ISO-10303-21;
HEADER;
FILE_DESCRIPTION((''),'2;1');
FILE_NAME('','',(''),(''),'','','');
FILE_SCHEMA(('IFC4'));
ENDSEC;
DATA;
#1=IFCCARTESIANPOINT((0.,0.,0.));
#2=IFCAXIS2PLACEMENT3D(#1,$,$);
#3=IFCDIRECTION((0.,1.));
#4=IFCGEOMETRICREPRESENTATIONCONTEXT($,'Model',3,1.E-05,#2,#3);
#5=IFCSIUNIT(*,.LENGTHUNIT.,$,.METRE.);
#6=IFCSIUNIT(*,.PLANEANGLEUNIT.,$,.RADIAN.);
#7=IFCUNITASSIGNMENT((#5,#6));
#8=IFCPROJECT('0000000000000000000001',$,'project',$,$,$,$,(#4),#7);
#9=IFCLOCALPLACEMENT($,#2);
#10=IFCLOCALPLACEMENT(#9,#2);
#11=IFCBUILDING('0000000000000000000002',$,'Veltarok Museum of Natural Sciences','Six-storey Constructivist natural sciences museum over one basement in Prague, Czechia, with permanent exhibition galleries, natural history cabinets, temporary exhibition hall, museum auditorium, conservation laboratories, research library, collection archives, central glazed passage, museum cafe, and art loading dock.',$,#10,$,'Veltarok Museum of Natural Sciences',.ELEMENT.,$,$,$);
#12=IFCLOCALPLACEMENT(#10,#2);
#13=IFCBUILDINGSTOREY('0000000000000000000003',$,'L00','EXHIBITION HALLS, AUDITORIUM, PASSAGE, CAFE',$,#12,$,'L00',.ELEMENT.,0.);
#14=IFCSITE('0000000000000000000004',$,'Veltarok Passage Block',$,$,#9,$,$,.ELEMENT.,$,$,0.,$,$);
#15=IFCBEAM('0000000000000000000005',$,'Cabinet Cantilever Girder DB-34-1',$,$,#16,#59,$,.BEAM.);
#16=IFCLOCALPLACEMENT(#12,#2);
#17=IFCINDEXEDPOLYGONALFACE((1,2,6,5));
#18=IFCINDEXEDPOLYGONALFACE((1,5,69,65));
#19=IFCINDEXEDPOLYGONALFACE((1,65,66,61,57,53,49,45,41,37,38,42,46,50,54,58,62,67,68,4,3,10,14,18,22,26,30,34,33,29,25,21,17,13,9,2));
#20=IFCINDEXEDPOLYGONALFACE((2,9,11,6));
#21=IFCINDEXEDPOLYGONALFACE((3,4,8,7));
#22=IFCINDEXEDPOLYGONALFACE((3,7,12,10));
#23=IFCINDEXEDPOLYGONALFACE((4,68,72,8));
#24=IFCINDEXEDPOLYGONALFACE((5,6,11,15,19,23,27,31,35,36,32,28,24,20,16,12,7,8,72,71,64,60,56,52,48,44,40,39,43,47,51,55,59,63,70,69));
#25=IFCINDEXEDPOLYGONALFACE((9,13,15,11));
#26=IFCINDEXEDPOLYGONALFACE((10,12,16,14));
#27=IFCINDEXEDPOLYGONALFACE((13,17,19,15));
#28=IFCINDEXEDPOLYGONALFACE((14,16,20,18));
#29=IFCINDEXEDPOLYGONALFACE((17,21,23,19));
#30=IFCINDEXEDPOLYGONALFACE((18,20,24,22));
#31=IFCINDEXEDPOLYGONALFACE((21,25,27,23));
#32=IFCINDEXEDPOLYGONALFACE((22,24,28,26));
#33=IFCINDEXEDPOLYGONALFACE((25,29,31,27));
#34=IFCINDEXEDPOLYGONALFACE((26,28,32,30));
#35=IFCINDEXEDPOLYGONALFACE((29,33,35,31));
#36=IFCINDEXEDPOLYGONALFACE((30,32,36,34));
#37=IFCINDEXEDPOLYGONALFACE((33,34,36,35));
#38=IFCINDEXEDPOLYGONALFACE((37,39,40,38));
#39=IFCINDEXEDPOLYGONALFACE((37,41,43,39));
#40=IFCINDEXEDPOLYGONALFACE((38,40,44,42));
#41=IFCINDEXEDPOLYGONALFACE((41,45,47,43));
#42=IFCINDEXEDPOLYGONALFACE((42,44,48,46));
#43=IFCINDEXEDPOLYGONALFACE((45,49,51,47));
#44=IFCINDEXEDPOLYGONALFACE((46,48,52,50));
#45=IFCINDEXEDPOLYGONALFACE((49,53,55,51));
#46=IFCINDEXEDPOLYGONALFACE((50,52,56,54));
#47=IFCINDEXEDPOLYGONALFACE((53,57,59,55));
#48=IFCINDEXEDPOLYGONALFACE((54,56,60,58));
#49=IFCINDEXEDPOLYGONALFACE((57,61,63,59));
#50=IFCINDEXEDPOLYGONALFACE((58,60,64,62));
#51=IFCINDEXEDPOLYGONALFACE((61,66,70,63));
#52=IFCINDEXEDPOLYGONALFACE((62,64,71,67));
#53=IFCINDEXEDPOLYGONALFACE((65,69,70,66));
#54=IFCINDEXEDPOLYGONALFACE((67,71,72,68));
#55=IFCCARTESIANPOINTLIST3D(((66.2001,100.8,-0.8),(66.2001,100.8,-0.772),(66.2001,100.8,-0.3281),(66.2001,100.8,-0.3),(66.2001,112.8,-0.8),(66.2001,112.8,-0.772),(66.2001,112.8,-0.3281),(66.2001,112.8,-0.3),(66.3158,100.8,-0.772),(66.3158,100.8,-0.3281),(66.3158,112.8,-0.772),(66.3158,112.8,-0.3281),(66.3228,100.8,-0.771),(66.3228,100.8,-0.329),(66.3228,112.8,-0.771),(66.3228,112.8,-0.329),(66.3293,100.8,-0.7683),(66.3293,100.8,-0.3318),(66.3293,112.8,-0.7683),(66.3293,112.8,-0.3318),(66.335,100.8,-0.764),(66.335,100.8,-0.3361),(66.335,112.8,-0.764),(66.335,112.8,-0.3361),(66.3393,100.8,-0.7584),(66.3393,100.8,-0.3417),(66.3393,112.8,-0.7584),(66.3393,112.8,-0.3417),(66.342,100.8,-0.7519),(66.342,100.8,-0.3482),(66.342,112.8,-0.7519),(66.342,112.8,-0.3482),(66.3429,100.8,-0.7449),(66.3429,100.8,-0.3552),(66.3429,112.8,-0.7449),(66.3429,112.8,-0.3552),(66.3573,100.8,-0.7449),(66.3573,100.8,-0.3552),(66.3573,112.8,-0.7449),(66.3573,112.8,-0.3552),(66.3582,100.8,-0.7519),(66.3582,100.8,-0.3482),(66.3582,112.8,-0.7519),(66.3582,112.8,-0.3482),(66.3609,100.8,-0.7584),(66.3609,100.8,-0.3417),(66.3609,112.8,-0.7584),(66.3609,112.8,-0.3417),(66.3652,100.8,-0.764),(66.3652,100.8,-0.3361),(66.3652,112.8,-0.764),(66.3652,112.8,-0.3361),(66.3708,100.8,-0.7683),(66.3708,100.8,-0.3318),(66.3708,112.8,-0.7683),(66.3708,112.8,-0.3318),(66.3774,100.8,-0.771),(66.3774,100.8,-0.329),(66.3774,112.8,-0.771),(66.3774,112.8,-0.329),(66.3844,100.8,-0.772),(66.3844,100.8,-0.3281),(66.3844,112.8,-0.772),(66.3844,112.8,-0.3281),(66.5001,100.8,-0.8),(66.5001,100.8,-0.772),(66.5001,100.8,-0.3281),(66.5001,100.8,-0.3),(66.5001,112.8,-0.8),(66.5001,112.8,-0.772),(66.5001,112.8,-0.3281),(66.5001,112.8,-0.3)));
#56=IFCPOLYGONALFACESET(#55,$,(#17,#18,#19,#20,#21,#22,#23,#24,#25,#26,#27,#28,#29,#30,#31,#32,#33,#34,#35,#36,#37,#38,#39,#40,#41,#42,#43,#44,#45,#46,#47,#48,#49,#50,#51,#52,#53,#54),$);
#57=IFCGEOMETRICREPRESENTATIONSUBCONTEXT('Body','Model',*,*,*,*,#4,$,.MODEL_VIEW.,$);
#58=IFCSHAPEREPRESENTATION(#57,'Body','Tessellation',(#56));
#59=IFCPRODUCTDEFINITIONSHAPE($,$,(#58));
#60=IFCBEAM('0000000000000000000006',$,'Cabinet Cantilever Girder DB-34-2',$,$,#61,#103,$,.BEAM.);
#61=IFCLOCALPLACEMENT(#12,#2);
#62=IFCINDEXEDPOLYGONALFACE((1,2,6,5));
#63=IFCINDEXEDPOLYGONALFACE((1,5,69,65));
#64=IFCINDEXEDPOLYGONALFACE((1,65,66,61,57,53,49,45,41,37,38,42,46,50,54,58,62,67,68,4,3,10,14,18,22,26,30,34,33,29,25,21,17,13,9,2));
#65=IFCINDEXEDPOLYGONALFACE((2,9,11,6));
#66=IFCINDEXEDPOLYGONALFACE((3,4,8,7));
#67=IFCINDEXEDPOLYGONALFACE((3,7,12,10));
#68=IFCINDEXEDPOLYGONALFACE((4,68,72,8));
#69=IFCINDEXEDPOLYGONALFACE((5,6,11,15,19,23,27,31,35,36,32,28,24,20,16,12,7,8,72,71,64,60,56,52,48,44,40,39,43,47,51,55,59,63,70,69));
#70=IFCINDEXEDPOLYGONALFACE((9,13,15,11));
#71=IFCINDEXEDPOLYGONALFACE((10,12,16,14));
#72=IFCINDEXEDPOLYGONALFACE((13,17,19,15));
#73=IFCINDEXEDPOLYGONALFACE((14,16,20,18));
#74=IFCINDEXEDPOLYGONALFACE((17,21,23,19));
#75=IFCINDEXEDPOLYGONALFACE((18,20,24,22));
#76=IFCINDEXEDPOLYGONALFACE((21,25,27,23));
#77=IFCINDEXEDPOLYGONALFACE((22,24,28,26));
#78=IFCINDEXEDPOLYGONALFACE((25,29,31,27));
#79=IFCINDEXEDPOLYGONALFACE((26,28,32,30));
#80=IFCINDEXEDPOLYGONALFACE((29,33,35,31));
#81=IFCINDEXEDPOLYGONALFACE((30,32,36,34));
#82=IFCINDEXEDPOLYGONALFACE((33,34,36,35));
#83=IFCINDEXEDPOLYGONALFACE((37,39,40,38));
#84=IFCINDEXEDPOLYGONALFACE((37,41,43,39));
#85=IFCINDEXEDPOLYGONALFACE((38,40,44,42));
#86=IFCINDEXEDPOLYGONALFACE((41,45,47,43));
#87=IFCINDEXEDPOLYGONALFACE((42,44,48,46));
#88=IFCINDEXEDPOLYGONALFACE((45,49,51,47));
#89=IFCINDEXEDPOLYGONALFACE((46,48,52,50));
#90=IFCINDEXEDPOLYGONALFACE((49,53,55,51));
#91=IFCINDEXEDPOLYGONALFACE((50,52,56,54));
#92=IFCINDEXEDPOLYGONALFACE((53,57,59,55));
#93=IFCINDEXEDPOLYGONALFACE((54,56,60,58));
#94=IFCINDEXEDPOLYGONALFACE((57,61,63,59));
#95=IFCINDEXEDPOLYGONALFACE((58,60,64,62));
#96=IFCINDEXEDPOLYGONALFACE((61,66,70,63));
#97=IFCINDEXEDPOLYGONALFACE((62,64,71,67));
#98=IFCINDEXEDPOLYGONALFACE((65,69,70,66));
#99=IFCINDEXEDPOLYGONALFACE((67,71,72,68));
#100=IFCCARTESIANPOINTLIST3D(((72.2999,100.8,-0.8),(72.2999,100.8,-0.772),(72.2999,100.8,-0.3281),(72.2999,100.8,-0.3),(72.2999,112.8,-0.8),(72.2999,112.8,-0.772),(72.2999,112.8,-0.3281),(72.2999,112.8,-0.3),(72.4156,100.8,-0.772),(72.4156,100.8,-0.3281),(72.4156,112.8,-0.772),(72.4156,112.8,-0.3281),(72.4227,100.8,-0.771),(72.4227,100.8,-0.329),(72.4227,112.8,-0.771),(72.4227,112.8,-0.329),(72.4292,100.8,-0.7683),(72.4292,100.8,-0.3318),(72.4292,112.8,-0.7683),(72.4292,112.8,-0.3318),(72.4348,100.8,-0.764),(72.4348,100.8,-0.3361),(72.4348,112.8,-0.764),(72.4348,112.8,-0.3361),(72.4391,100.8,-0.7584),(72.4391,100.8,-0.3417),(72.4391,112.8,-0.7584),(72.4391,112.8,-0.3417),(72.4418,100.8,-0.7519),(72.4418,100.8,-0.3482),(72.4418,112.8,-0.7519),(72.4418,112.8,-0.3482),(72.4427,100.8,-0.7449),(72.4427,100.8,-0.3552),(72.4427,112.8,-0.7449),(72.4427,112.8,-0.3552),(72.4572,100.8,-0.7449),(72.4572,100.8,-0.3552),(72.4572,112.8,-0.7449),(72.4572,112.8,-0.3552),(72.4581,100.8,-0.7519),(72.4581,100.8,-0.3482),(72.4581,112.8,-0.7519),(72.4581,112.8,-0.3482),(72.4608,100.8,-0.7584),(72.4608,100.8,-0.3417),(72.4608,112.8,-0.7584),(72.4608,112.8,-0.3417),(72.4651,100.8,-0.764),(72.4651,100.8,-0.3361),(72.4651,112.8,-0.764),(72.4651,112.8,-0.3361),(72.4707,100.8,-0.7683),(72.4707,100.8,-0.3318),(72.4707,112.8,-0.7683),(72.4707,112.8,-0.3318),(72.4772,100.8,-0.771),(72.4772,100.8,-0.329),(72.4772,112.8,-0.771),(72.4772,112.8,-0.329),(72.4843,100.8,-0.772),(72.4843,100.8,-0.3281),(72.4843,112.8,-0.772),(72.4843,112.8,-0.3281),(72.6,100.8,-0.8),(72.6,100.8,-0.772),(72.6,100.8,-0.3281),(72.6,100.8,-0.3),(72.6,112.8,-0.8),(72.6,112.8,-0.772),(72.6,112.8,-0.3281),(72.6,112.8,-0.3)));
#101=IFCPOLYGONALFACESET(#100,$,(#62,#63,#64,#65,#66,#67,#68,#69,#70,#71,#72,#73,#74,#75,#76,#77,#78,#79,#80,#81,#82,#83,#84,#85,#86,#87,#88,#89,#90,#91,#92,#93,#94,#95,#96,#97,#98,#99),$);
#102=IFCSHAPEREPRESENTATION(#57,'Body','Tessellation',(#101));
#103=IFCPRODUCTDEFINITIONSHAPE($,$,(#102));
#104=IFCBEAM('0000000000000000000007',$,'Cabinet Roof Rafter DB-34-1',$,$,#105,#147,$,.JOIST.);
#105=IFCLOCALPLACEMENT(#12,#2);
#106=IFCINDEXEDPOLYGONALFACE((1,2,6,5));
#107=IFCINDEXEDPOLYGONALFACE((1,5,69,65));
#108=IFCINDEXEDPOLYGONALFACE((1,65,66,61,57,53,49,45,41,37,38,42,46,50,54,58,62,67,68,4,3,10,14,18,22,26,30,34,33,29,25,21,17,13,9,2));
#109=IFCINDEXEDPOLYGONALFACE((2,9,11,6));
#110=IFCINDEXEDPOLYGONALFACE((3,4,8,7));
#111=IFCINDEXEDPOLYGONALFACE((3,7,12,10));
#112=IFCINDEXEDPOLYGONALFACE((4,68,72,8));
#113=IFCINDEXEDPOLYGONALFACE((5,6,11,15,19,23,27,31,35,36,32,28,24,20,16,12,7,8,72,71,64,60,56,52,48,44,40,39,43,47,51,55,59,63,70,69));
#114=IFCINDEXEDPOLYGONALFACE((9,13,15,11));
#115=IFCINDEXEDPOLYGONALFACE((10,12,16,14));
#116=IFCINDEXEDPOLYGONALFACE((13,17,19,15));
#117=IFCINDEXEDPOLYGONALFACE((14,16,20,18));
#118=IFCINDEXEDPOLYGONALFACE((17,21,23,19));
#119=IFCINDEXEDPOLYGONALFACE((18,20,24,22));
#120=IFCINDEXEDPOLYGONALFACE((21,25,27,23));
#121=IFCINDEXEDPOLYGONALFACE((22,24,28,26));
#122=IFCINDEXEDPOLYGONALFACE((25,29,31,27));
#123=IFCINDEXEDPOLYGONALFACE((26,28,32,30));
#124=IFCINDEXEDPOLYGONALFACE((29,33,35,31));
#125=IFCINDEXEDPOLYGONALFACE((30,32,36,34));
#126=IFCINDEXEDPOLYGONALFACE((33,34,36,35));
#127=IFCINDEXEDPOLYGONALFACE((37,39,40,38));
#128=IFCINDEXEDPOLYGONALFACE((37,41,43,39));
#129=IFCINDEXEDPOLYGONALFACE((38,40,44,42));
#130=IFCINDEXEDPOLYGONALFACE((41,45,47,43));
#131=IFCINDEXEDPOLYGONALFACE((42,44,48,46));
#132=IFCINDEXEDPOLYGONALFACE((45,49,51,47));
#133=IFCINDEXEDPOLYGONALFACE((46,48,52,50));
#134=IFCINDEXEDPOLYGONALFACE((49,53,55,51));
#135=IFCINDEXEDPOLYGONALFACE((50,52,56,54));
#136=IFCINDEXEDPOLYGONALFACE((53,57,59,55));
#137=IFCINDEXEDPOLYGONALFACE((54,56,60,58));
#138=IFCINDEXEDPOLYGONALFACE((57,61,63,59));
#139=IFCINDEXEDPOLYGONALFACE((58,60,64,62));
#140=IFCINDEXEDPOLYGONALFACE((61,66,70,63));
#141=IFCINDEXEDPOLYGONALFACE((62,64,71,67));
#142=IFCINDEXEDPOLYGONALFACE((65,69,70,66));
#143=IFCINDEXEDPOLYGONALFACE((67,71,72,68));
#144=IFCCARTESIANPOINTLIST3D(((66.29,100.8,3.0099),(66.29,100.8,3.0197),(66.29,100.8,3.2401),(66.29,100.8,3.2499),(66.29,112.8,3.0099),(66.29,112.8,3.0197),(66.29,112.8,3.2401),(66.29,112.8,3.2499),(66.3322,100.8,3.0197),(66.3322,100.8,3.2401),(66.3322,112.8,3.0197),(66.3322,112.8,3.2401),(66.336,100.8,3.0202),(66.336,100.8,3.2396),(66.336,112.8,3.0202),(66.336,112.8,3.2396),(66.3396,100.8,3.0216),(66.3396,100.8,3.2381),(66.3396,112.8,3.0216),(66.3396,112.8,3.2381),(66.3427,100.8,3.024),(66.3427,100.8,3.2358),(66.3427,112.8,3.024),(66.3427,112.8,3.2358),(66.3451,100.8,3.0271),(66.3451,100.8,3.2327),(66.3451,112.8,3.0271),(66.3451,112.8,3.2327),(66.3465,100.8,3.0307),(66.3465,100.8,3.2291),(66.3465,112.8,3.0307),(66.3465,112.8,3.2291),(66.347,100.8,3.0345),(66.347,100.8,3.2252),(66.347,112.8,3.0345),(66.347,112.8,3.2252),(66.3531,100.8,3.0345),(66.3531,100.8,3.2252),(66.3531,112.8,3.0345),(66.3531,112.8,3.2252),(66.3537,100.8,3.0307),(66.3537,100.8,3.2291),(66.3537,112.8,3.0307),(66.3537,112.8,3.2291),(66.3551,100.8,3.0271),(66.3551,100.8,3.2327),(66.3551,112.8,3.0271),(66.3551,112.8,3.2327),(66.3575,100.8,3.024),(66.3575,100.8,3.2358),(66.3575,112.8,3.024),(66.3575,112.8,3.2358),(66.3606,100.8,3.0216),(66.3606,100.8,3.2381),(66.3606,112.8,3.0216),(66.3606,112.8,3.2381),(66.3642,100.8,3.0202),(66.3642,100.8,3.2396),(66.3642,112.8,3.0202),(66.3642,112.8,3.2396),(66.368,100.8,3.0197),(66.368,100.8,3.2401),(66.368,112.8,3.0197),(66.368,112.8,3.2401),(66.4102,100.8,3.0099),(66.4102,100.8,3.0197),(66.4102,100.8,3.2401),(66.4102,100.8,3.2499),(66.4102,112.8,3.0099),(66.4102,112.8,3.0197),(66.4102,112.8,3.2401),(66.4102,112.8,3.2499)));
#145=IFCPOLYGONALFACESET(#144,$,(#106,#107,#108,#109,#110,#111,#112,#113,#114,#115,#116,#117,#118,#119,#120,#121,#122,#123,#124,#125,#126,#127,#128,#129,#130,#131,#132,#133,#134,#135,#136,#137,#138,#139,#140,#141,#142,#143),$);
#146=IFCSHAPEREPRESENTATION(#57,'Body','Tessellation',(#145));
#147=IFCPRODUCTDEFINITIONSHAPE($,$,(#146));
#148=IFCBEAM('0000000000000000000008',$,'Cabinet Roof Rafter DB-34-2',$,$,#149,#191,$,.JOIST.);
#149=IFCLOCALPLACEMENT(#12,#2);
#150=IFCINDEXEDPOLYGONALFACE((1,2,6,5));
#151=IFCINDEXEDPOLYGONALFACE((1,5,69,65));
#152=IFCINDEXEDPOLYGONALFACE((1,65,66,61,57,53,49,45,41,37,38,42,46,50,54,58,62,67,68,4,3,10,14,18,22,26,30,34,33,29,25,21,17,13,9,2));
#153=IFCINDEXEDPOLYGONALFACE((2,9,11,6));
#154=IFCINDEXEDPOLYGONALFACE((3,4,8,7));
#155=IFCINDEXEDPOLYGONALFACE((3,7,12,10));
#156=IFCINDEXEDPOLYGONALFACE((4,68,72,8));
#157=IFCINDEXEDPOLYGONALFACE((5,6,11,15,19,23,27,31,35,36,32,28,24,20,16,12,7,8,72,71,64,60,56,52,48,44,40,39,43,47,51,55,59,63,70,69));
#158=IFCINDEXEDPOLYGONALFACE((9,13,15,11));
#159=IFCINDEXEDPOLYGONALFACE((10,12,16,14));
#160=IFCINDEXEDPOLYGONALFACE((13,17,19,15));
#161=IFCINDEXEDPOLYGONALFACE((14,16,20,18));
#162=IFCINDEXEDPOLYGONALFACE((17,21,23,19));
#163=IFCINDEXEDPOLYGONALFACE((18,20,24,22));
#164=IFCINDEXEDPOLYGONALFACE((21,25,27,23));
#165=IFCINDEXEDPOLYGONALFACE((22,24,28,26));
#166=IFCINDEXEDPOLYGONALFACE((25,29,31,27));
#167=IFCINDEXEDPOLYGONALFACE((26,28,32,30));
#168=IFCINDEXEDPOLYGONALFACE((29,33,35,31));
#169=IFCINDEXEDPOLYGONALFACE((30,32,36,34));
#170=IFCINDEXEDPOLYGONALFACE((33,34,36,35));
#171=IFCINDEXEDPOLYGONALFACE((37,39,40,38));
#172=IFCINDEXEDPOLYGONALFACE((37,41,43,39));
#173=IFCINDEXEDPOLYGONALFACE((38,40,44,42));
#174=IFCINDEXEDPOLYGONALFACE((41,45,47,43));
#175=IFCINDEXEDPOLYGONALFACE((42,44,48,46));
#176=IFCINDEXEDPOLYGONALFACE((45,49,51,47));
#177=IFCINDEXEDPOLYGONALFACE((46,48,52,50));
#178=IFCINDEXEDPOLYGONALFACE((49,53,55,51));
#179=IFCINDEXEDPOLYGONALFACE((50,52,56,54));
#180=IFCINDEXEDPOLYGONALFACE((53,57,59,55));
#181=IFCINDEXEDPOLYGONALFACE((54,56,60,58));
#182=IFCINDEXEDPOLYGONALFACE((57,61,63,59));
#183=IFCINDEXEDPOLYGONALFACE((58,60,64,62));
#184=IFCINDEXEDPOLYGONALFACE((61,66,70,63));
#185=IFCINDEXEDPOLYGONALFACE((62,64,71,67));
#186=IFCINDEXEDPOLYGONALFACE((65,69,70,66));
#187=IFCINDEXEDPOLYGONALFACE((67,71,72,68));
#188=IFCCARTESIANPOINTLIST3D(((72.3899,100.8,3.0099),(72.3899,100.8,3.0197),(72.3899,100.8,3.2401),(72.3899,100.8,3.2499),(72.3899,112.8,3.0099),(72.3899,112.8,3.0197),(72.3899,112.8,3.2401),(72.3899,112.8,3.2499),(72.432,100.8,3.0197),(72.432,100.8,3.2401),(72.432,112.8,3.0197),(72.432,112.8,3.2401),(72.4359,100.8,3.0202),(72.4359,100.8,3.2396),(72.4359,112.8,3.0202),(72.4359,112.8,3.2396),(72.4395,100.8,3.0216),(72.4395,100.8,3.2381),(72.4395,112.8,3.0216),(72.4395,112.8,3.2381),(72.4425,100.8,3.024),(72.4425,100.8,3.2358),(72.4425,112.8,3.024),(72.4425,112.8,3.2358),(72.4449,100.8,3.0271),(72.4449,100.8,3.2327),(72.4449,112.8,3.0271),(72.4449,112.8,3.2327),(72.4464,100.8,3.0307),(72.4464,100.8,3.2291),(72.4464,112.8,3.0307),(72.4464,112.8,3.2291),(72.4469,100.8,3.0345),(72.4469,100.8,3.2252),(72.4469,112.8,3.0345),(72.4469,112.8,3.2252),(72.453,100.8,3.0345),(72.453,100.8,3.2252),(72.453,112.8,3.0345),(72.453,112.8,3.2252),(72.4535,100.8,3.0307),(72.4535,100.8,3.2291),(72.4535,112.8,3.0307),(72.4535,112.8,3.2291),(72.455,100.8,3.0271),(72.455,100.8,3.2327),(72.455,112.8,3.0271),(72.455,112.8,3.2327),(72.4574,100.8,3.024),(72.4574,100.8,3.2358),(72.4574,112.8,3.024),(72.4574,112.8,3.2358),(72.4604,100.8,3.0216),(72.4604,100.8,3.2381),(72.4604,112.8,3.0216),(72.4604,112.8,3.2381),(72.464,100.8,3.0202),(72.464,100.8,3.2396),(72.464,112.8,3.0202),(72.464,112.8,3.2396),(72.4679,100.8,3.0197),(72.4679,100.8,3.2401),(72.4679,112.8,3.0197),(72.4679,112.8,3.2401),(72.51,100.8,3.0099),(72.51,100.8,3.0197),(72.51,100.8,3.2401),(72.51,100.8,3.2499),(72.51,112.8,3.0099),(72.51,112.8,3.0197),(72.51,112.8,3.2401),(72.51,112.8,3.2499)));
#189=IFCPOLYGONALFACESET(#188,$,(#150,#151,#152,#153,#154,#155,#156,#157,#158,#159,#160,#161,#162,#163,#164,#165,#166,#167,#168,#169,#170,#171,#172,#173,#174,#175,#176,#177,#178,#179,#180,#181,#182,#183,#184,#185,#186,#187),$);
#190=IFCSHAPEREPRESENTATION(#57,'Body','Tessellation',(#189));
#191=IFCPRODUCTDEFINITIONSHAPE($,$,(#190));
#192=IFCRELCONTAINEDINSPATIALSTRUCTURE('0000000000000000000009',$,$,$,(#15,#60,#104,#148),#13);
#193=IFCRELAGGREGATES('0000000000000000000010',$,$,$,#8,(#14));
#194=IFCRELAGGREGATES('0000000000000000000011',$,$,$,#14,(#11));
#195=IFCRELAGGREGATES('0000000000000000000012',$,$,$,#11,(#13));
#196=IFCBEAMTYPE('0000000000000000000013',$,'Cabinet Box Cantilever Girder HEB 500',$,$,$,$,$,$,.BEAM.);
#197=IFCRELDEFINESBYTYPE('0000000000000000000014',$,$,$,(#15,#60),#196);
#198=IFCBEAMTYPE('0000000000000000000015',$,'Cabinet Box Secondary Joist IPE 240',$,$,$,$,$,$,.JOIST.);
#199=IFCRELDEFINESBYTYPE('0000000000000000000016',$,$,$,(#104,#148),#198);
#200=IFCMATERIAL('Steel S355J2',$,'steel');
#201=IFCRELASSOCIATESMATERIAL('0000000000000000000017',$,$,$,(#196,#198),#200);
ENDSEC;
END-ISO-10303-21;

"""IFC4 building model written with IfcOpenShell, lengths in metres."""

from ifc_helpers import new_model, si_unit, direction, frame, origin, origin_2d, place, context, subcontext, project, spatial, i_section, extrude, material, material_profile, profile_set, type_object, element, save


model = new_model("IFC4")

# Units and contexts
model_context = context("Model", 3, precision=1e-05, world=origin(), true_north=direction((0.0, 1.0)))
body_context = subcontext(model_context, "Body", "Model", "MODEL_VIEW")
ifc_project = project(units=[si_unit("LENGTHUNIT", "METRE"), si_unit("PLANEANGLEUNIT", "RADIAN")], contexts=[model_context])

# Site, building, storey
site_placement = place(None, origin())
site = spatial("IfcSite", under=ifc_project, at=site_placement, Name="Veltarok Passage Block", CompositionType="ELEMENT", RefElevation=0.0)
building_placement = place(site_placement, origin())
building = spatial("IfcBuilding", under=site, at=building_placement, Name="Veltarok Museum of Natural Sciences", Description="Six-storey Constructivist natural sciences museum over one basement in Prague, Czechia, with permanent exhibition galleries, natural history cabinets, temporary exhibition hall, museum auditorium, conservation laboratories, research library, collection archives, central glazed passage, museum cafe, and art loading dock.", LongName="Veltarok Museum of Natural Sciences", CompositionType="ELEMENT")
storey_placement = place(building_placement, origin())
storey = spatial("IfcBuildingStorey", under=building, at=storey_placement, Name="L00", Description="EXHIBITION HALLS, AUDITORIUM, PASSAGE, CAFE", LongName="L00", CompositionType="ELEMENT", Elevation=0.0)

# Shared definitions
ifc_material_1 = material(Name="Steel S355J2", Category="steel")

# Beams
ifc_material_profile_1 = material_profile(ifc_material_1, i_section(OverallWidth=0.3, OverallDepth=0.5, WebThickness=0.0144, FlangeThickness=0.0281, FilletRadius=0.0271, at=origin_2d()), Name="HEB 500")
ifc_profile_set_1 = profile_set([ifc_material_profile_1], Name="Steel S355J2")
beam_type_1 = type_object("IfcBeamType", Name="Cabinet Box Cantilever Girder HEB 500", PredefinedType="BEAM", material=ifc_profile_set_1)
for number, where, z_axis, x_axis, name in (
    (1, (66.3501, 100.8, -0.55), (0.0, 1.0, 0.0), (-1.0, 0.0, 0.0), "Cabinet Cantilever Girder DB-34-1"),
    (2, (72.45, 100.8, -0.55), (0.0, 1.0, 0.0), (-1.0, 0.0, 0.0), "Cabinet Cantilever Girder DB-34-2"),
):
    element("IfcBeam", number, at=place(storey_placement, frame(where, z_axis=z_axis, x_axis=x_axis)), inside=storey, type_object=beam_type_1, Name=name, PredefinedType="BEAM", context=body_context, shape_type="SweptSolid", body=[
        extrude(i_section(OverallWidth=0.3, OverallDepth=0.5, WebThickness=0.0144, FlangeThickness=0.0281, FilletRadius=0.0271, at=origin_2d()), origin(), (0.0, 0.0, 1.0), 12.0),
    ])
ifc_material_profile_2 = material_profile(ifc_material_1, i_section(OverallWidth=0.1201, OverallDepth=0.24, WebThickness=0.0061, FlangeThickness=0.0098, FilletRadius=0.0149, at=origin_2d()), Name="IPE 240")
ifc_profile_set_2 = profile_set([ifc_material_profile_2], Name="Steel S355J2")
beam_type_2 = type_object("IfcBeamType", Name="Cabinet Box Secondary Joist IPE 240", PredefinedType="JOIST", material=ifc_profile_set_2)
for number, where, z_axis, x_axis, name in (
    (3, (66.3501, 100.8, 3.1299), (0.0, 1.0, 0.0), (-1.0, 0.0, 0.0), "Cabinet Roof Rafter DB-34-1"),
    (4, (72.45, 100.8, 3.1299), (0.0, 1.0, 0.0), (-1.0, 0.0, 0.0), "Cabinet Roof Rafter DB-34-2"),
):
    element("IfcBeam", number, at=place(storey_placement, frame(where, z_axis=z_axis, x_axis=x_axis)), inside=storey, type_object=beam_type_2, Name=name, PredefinedType="JOIST", context=body_context, shape_type="SweptSolid", body=[
        extrude(i_section(OverallWidth=0.1201, OverallDepth=0.24, WebThickness=0.0061, FlangeThickness=0.0098, FilletRadius=0.0149, at=origin_2d()), origin(), (0.0, 0.0, 1.0), 12.0),
    ])

save(model, "model.ifc")
